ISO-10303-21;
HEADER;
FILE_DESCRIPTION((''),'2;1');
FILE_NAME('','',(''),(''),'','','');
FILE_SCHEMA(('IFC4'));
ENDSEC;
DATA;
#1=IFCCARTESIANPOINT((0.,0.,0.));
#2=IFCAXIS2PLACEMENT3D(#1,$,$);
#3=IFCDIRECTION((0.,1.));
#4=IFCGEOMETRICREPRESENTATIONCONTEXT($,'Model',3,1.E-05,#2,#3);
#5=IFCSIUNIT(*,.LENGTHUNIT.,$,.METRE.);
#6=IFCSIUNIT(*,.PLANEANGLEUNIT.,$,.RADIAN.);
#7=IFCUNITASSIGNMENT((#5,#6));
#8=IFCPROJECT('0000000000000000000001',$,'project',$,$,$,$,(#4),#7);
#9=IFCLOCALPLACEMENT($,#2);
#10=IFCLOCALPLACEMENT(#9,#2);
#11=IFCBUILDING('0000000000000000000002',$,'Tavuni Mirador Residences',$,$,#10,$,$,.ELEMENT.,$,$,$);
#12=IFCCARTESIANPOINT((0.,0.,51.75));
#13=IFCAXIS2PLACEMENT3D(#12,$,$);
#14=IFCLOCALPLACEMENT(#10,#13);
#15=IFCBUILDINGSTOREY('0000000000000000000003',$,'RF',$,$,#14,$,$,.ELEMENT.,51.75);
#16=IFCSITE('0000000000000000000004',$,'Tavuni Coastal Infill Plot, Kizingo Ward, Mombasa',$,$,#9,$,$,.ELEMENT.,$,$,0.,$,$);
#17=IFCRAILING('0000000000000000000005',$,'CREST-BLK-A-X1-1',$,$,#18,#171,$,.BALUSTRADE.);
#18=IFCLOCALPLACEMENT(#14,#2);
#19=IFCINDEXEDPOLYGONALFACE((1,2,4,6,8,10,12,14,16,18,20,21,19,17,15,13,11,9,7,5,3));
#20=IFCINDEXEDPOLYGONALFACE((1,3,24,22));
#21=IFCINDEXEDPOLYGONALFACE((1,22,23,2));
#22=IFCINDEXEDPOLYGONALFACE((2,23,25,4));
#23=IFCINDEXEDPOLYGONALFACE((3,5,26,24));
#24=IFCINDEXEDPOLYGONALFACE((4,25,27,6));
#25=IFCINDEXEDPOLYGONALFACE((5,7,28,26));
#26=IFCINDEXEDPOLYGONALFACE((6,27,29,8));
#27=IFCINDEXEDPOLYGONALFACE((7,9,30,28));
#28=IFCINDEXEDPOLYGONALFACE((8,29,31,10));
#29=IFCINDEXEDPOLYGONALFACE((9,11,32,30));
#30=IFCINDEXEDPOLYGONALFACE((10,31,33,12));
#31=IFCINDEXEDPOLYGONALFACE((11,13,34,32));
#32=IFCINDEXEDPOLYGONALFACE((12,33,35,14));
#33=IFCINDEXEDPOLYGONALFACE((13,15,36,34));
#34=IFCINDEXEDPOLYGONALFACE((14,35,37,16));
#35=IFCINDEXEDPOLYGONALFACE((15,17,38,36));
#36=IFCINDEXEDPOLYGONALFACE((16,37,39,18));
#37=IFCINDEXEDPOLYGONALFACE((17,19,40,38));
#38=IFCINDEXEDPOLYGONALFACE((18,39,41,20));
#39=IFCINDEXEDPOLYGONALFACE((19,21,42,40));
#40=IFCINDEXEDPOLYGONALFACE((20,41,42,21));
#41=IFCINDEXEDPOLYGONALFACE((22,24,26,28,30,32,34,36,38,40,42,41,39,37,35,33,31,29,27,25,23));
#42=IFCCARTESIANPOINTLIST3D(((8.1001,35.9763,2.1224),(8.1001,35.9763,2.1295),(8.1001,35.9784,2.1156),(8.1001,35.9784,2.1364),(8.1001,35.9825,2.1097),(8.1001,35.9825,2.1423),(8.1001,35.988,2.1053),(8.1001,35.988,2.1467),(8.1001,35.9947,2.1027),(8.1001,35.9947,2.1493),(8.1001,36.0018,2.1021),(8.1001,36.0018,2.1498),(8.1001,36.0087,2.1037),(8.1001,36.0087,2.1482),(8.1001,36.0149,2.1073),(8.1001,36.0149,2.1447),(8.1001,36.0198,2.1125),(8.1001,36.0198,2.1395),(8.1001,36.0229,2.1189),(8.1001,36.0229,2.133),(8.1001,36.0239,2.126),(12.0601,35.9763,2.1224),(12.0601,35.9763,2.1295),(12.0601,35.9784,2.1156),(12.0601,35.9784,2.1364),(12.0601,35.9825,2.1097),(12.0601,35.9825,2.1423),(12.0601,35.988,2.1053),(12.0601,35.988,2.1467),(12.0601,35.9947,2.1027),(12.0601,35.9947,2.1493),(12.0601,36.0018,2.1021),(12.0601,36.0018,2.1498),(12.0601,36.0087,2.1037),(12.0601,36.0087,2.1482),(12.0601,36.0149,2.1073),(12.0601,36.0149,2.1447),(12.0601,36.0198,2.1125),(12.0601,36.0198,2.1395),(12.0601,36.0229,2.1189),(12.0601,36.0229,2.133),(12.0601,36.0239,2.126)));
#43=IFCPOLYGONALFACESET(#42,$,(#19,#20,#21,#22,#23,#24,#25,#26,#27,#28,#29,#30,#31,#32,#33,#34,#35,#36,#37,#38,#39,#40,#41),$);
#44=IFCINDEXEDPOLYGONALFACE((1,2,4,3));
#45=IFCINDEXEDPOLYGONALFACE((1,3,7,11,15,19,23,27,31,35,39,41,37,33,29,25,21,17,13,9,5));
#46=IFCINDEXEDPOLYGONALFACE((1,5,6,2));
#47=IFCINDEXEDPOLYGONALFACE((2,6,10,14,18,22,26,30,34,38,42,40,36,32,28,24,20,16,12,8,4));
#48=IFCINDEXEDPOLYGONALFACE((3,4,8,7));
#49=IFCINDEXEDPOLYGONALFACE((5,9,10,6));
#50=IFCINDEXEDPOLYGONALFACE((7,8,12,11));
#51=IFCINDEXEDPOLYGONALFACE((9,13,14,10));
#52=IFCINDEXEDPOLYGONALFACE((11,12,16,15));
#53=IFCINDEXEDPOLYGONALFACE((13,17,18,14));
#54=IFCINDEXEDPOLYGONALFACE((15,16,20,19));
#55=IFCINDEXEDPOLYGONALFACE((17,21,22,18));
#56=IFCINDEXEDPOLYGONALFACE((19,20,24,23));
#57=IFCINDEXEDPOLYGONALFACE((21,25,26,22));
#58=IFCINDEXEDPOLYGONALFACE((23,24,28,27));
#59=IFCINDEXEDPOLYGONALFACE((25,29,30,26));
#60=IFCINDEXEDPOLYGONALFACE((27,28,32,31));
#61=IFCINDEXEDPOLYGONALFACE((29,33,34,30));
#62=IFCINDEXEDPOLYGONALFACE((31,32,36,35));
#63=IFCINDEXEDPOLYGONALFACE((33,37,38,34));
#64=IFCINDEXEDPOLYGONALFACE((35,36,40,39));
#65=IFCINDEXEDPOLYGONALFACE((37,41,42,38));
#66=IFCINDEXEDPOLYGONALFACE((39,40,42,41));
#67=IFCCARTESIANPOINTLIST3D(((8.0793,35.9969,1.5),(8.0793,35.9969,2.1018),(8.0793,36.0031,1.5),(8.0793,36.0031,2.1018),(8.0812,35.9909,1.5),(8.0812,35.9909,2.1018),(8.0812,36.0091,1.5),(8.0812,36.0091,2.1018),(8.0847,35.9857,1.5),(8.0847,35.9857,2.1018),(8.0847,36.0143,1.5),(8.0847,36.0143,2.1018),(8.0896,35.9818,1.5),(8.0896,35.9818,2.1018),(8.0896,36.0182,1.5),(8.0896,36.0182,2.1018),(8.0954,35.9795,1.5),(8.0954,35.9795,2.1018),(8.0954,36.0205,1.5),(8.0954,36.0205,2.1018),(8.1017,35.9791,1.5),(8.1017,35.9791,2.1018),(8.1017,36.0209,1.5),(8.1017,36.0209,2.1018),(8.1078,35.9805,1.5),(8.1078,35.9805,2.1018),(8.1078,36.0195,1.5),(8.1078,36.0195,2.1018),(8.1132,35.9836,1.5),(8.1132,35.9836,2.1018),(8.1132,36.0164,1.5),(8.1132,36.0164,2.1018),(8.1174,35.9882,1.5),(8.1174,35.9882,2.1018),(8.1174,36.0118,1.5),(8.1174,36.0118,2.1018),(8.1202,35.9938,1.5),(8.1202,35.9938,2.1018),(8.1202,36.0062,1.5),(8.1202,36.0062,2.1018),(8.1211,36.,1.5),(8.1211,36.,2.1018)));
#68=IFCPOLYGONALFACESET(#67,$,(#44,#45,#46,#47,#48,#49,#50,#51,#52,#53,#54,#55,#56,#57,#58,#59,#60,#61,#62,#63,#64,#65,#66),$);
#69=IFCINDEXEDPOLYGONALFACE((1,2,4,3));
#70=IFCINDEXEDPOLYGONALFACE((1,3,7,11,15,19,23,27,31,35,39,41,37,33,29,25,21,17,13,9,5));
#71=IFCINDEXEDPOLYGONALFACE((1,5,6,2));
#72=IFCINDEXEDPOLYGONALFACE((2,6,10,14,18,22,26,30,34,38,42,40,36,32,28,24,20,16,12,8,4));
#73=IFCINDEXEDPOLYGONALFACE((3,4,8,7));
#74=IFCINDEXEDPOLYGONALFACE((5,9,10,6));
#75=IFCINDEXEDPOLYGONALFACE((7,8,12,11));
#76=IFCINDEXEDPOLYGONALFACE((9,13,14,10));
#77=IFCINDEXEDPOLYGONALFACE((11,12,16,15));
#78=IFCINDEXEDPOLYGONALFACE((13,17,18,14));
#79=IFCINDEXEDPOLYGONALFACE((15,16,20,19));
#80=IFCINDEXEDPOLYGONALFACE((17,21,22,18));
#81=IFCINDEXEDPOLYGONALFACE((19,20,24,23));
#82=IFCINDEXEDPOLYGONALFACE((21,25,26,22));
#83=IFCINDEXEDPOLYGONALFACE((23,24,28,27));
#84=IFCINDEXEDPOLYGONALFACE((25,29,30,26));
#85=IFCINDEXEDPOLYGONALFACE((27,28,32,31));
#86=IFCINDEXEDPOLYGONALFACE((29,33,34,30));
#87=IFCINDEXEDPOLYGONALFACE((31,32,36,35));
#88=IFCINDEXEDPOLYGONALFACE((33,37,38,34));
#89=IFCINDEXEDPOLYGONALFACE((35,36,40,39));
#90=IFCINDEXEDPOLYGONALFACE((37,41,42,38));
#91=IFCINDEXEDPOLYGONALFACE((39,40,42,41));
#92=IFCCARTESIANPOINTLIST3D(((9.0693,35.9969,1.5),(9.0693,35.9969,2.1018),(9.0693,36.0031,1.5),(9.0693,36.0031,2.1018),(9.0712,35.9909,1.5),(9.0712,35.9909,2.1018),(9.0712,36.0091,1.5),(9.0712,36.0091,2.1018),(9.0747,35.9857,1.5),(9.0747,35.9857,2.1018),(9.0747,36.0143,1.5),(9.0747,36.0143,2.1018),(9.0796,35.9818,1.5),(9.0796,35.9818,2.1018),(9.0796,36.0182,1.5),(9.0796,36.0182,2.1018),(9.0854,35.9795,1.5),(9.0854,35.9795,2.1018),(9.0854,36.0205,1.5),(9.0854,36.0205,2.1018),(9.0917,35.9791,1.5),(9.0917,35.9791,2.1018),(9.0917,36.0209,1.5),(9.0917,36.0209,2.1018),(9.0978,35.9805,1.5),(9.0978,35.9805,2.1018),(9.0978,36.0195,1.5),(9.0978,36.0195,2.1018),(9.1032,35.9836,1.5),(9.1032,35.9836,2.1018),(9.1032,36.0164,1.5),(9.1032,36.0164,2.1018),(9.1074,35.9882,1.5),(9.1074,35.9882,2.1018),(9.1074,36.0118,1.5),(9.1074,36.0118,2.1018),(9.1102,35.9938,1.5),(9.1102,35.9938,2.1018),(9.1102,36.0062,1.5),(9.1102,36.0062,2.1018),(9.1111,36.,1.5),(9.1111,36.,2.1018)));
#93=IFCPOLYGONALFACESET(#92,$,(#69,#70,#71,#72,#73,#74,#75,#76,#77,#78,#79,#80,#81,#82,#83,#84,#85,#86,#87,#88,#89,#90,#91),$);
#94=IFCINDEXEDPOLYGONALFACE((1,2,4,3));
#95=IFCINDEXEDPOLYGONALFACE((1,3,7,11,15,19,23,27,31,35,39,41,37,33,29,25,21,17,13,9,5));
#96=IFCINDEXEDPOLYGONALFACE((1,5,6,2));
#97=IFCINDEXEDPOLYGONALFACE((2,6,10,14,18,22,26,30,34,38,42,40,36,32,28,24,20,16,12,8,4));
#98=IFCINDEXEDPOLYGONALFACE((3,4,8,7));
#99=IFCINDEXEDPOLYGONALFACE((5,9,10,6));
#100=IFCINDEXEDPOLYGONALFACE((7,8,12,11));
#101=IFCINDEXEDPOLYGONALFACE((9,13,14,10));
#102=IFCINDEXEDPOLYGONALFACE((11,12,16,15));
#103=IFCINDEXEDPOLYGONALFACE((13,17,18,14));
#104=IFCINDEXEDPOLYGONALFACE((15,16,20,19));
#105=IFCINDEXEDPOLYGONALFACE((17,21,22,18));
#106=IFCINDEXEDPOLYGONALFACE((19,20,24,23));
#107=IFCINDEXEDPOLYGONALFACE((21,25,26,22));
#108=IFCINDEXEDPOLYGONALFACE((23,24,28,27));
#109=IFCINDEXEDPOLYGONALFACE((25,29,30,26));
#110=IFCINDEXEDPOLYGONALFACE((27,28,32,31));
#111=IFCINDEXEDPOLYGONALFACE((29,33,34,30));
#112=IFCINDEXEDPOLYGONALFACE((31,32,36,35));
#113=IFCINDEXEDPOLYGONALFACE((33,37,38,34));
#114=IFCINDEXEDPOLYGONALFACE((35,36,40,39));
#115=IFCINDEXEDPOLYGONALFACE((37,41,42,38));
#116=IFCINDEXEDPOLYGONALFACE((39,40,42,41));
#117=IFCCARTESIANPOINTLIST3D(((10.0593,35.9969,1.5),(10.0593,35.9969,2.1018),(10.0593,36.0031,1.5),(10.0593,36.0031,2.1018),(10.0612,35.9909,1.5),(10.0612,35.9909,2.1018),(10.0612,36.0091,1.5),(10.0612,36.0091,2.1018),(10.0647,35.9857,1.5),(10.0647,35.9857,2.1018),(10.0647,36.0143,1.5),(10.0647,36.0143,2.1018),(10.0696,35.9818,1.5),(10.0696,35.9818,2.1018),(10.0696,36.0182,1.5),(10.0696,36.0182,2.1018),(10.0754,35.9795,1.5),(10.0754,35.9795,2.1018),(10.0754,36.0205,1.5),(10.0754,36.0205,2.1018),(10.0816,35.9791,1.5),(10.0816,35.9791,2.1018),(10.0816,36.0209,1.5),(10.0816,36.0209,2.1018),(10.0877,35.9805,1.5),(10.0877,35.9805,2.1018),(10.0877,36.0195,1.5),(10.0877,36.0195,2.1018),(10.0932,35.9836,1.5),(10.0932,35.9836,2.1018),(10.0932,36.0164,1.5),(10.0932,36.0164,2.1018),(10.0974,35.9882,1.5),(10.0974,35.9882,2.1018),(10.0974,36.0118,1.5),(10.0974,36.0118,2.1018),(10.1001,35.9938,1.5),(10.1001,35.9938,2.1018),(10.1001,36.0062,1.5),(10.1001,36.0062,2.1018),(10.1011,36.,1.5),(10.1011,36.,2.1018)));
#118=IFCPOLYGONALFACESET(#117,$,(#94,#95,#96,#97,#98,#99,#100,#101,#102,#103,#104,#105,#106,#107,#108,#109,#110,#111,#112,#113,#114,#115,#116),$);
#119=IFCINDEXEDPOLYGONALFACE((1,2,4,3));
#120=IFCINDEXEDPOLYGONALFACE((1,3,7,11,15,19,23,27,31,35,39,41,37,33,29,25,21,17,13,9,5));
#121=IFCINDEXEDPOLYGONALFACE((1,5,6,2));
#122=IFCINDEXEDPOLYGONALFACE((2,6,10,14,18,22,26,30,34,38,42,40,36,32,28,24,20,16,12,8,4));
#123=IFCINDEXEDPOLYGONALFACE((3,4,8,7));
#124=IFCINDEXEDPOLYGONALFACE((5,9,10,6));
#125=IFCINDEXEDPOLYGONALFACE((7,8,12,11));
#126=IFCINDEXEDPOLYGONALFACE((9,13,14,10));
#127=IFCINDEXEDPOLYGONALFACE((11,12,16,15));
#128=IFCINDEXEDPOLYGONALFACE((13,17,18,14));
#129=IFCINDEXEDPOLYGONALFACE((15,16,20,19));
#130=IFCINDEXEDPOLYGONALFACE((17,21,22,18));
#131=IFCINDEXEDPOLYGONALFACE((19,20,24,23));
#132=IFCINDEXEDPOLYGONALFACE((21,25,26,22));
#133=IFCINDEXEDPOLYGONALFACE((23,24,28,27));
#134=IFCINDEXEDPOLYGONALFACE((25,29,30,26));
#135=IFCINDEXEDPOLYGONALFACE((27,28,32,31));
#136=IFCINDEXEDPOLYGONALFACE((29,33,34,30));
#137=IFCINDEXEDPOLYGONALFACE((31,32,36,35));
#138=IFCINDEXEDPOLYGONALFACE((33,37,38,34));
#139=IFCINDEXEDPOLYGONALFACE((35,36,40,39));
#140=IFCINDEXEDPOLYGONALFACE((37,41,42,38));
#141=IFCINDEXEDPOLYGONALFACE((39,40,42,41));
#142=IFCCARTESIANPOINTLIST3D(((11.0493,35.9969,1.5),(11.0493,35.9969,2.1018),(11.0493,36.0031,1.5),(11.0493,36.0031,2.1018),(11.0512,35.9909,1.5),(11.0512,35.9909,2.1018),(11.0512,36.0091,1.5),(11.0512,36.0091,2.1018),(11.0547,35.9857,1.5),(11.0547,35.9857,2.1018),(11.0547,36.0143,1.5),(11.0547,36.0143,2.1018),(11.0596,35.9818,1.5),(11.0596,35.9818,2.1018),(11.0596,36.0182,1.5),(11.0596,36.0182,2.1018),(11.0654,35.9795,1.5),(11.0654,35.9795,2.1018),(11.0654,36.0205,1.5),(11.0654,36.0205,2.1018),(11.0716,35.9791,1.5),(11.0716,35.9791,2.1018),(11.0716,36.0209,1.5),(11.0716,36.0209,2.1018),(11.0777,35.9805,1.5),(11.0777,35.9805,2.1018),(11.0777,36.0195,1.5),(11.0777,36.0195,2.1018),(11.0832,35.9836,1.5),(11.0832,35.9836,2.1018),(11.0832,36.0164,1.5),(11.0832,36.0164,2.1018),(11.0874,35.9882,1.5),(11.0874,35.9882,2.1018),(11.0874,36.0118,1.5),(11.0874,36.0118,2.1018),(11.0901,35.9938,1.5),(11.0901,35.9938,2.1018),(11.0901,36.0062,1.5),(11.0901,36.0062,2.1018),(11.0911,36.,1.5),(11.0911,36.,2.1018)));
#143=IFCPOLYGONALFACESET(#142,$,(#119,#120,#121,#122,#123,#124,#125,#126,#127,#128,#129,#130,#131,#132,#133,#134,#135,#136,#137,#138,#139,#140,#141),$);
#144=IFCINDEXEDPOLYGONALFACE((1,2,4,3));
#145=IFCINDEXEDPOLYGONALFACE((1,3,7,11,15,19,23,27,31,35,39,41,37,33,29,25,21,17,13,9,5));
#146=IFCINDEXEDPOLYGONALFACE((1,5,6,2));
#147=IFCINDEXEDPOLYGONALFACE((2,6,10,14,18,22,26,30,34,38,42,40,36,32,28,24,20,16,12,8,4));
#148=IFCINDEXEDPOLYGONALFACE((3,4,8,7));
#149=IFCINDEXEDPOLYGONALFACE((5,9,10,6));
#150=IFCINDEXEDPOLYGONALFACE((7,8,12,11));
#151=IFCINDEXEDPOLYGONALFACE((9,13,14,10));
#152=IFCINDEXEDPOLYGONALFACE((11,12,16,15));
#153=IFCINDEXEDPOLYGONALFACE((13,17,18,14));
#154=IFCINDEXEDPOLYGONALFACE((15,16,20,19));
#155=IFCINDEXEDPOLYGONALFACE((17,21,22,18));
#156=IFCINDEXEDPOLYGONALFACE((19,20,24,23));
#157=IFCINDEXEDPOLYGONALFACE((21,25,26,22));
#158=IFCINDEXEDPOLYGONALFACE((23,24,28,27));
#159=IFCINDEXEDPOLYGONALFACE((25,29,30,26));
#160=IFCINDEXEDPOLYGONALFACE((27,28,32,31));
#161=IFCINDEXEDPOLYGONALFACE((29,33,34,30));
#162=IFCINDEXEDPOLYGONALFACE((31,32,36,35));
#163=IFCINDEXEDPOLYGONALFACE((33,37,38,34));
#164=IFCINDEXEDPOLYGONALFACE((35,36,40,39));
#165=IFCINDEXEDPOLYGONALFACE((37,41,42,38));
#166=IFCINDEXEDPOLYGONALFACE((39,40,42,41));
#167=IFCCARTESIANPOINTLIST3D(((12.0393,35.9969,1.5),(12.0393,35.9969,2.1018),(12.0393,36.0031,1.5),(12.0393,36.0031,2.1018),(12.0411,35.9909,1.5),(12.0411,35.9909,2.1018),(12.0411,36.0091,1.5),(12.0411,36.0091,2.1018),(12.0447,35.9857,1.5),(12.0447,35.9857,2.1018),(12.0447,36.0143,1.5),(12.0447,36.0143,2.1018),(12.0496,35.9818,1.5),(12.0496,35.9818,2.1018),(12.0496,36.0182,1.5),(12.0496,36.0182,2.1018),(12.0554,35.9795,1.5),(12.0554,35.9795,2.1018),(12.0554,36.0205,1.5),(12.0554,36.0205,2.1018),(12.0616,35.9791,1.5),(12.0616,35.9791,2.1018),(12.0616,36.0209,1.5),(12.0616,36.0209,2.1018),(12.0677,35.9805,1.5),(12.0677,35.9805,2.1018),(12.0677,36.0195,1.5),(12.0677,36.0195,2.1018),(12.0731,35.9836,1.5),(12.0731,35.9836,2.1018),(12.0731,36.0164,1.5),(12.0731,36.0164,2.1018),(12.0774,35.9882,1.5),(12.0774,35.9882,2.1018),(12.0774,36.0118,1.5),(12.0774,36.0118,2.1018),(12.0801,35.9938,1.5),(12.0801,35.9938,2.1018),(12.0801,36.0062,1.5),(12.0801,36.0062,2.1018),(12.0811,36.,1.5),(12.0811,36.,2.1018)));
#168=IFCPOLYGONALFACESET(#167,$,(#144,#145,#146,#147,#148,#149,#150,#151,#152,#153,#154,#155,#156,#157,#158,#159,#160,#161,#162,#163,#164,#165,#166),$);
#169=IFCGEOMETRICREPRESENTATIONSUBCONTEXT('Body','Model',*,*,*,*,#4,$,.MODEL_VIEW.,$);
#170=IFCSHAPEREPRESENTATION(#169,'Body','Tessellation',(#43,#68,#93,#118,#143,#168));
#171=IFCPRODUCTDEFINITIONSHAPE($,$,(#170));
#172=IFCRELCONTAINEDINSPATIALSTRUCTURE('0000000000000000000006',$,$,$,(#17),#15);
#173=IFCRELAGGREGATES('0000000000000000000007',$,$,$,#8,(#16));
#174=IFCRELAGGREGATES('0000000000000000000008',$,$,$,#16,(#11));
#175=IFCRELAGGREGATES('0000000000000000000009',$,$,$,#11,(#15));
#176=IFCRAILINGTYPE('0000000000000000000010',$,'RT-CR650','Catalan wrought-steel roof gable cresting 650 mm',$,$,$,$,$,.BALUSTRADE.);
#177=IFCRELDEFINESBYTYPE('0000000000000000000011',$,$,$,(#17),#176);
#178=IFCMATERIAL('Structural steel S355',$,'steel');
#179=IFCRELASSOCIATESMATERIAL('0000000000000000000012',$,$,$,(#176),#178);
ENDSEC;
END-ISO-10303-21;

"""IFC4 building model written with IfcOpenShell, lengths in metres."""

from ifc_helpers import new_model, si_unit, direction, frame, origin, origin_2d, place, context, subcontext, project, spatial, circle, extrude, material, type_object, element, save


model = new_model("IFC4")

# Units and contexts
model_context = context("Model", 3, precision=1e-05, world=origin(), true_north=direction((0.0, 1.0)))
body_context = subcontext(model_context, "Body", "Model", "MODEL_VIEW")
ifc_project = project(units=[si_unit("LENGTHUNIT", "METRE"), si_unit("PLANEANGLEUNIT", "RADIAN")], contexts=[model_context])

# Site, building, storey
site_placement = place(None, origin())
site = spatial("IfcSite", under=ifc_project, at=site_placement, Name="Tavuni Coastal Infill Plot, Kizingo Ward, Mombasa", CompositionType="ELEMENT", RefElevation=0.0)
building_placement = place(site_placement, origin())
building = spatial("IfcBuilding", under=site, at=building_placement, Name="Tavuni Mirador Residences", CompositionType="ELEMENT")
storey_placement = place(building_placement, frame((0.0, 0.0, 51.75)))
storey = spatial("IfcBuildingStorey", under=building, at=storey_placement, Name="RF", CompositionType="ELEMENT", Elevation=51.75)

# Shared definitions
ifc_material_1 = material(Name="Structural steel S355", Category="steel")

# Railing
railing_type = type_object("IfcRailingType", Name="RT-CR650", Description="Catalan wrought-steel roof gable cresting 650 mm", PredefinedType="BALUSTRADE", material=ifc_material_1)
for number, where, name in (
    (1, (8.1001, 36.0, 1.5), "CREST-BLK-A-X1-1"),
):
    element("IfcRailing", number, at=place(storey_placement, frame(where)), inside=storey, type_object=railing_type, Name=name, PredefinedType="BALUSTRADE", context=body_context, shape_type="SweptSolid", body=[
        extrude(circle(Radius=0.0239, at=origin_2d()), frame((0.0, 0.0, 0.626), z_axis=(1.0, 0.0, 0.0), x_axis=(0.0, 1.0, 0.0)), (0.0, 0.0, 1.0), 3.96),
        extrude(circle(Radius=0.021, at=origin_2d()), origin(), (0.0, 0.0, 1.0), 0.6018),
        extrude(circle(Radius=0.021, at=origin_2d()), frame((0.99, 0.0, 0.0)), (0.0, 0.0, 1.0), 0.6018),
        extrude(circle(Radius=0.021, at=origin_2d()), frame((1.98, 0.0, 0.0)), (0.0, 0.0, 1.0), 0.6018),
        extrude(circle(Radius=0.021, at=origin_2d()), frame((2.97, 0.0, 0.0)), (0.0, 0.0, 1.0), 0.6018),
        extrude(circle(Radius=0.021, at=origin_2d()), frame((3.96, 0.0, 0.0)), (0.0, 0.0, 1.0), 0.6018),
    ])

save(model, "model.ifc")
